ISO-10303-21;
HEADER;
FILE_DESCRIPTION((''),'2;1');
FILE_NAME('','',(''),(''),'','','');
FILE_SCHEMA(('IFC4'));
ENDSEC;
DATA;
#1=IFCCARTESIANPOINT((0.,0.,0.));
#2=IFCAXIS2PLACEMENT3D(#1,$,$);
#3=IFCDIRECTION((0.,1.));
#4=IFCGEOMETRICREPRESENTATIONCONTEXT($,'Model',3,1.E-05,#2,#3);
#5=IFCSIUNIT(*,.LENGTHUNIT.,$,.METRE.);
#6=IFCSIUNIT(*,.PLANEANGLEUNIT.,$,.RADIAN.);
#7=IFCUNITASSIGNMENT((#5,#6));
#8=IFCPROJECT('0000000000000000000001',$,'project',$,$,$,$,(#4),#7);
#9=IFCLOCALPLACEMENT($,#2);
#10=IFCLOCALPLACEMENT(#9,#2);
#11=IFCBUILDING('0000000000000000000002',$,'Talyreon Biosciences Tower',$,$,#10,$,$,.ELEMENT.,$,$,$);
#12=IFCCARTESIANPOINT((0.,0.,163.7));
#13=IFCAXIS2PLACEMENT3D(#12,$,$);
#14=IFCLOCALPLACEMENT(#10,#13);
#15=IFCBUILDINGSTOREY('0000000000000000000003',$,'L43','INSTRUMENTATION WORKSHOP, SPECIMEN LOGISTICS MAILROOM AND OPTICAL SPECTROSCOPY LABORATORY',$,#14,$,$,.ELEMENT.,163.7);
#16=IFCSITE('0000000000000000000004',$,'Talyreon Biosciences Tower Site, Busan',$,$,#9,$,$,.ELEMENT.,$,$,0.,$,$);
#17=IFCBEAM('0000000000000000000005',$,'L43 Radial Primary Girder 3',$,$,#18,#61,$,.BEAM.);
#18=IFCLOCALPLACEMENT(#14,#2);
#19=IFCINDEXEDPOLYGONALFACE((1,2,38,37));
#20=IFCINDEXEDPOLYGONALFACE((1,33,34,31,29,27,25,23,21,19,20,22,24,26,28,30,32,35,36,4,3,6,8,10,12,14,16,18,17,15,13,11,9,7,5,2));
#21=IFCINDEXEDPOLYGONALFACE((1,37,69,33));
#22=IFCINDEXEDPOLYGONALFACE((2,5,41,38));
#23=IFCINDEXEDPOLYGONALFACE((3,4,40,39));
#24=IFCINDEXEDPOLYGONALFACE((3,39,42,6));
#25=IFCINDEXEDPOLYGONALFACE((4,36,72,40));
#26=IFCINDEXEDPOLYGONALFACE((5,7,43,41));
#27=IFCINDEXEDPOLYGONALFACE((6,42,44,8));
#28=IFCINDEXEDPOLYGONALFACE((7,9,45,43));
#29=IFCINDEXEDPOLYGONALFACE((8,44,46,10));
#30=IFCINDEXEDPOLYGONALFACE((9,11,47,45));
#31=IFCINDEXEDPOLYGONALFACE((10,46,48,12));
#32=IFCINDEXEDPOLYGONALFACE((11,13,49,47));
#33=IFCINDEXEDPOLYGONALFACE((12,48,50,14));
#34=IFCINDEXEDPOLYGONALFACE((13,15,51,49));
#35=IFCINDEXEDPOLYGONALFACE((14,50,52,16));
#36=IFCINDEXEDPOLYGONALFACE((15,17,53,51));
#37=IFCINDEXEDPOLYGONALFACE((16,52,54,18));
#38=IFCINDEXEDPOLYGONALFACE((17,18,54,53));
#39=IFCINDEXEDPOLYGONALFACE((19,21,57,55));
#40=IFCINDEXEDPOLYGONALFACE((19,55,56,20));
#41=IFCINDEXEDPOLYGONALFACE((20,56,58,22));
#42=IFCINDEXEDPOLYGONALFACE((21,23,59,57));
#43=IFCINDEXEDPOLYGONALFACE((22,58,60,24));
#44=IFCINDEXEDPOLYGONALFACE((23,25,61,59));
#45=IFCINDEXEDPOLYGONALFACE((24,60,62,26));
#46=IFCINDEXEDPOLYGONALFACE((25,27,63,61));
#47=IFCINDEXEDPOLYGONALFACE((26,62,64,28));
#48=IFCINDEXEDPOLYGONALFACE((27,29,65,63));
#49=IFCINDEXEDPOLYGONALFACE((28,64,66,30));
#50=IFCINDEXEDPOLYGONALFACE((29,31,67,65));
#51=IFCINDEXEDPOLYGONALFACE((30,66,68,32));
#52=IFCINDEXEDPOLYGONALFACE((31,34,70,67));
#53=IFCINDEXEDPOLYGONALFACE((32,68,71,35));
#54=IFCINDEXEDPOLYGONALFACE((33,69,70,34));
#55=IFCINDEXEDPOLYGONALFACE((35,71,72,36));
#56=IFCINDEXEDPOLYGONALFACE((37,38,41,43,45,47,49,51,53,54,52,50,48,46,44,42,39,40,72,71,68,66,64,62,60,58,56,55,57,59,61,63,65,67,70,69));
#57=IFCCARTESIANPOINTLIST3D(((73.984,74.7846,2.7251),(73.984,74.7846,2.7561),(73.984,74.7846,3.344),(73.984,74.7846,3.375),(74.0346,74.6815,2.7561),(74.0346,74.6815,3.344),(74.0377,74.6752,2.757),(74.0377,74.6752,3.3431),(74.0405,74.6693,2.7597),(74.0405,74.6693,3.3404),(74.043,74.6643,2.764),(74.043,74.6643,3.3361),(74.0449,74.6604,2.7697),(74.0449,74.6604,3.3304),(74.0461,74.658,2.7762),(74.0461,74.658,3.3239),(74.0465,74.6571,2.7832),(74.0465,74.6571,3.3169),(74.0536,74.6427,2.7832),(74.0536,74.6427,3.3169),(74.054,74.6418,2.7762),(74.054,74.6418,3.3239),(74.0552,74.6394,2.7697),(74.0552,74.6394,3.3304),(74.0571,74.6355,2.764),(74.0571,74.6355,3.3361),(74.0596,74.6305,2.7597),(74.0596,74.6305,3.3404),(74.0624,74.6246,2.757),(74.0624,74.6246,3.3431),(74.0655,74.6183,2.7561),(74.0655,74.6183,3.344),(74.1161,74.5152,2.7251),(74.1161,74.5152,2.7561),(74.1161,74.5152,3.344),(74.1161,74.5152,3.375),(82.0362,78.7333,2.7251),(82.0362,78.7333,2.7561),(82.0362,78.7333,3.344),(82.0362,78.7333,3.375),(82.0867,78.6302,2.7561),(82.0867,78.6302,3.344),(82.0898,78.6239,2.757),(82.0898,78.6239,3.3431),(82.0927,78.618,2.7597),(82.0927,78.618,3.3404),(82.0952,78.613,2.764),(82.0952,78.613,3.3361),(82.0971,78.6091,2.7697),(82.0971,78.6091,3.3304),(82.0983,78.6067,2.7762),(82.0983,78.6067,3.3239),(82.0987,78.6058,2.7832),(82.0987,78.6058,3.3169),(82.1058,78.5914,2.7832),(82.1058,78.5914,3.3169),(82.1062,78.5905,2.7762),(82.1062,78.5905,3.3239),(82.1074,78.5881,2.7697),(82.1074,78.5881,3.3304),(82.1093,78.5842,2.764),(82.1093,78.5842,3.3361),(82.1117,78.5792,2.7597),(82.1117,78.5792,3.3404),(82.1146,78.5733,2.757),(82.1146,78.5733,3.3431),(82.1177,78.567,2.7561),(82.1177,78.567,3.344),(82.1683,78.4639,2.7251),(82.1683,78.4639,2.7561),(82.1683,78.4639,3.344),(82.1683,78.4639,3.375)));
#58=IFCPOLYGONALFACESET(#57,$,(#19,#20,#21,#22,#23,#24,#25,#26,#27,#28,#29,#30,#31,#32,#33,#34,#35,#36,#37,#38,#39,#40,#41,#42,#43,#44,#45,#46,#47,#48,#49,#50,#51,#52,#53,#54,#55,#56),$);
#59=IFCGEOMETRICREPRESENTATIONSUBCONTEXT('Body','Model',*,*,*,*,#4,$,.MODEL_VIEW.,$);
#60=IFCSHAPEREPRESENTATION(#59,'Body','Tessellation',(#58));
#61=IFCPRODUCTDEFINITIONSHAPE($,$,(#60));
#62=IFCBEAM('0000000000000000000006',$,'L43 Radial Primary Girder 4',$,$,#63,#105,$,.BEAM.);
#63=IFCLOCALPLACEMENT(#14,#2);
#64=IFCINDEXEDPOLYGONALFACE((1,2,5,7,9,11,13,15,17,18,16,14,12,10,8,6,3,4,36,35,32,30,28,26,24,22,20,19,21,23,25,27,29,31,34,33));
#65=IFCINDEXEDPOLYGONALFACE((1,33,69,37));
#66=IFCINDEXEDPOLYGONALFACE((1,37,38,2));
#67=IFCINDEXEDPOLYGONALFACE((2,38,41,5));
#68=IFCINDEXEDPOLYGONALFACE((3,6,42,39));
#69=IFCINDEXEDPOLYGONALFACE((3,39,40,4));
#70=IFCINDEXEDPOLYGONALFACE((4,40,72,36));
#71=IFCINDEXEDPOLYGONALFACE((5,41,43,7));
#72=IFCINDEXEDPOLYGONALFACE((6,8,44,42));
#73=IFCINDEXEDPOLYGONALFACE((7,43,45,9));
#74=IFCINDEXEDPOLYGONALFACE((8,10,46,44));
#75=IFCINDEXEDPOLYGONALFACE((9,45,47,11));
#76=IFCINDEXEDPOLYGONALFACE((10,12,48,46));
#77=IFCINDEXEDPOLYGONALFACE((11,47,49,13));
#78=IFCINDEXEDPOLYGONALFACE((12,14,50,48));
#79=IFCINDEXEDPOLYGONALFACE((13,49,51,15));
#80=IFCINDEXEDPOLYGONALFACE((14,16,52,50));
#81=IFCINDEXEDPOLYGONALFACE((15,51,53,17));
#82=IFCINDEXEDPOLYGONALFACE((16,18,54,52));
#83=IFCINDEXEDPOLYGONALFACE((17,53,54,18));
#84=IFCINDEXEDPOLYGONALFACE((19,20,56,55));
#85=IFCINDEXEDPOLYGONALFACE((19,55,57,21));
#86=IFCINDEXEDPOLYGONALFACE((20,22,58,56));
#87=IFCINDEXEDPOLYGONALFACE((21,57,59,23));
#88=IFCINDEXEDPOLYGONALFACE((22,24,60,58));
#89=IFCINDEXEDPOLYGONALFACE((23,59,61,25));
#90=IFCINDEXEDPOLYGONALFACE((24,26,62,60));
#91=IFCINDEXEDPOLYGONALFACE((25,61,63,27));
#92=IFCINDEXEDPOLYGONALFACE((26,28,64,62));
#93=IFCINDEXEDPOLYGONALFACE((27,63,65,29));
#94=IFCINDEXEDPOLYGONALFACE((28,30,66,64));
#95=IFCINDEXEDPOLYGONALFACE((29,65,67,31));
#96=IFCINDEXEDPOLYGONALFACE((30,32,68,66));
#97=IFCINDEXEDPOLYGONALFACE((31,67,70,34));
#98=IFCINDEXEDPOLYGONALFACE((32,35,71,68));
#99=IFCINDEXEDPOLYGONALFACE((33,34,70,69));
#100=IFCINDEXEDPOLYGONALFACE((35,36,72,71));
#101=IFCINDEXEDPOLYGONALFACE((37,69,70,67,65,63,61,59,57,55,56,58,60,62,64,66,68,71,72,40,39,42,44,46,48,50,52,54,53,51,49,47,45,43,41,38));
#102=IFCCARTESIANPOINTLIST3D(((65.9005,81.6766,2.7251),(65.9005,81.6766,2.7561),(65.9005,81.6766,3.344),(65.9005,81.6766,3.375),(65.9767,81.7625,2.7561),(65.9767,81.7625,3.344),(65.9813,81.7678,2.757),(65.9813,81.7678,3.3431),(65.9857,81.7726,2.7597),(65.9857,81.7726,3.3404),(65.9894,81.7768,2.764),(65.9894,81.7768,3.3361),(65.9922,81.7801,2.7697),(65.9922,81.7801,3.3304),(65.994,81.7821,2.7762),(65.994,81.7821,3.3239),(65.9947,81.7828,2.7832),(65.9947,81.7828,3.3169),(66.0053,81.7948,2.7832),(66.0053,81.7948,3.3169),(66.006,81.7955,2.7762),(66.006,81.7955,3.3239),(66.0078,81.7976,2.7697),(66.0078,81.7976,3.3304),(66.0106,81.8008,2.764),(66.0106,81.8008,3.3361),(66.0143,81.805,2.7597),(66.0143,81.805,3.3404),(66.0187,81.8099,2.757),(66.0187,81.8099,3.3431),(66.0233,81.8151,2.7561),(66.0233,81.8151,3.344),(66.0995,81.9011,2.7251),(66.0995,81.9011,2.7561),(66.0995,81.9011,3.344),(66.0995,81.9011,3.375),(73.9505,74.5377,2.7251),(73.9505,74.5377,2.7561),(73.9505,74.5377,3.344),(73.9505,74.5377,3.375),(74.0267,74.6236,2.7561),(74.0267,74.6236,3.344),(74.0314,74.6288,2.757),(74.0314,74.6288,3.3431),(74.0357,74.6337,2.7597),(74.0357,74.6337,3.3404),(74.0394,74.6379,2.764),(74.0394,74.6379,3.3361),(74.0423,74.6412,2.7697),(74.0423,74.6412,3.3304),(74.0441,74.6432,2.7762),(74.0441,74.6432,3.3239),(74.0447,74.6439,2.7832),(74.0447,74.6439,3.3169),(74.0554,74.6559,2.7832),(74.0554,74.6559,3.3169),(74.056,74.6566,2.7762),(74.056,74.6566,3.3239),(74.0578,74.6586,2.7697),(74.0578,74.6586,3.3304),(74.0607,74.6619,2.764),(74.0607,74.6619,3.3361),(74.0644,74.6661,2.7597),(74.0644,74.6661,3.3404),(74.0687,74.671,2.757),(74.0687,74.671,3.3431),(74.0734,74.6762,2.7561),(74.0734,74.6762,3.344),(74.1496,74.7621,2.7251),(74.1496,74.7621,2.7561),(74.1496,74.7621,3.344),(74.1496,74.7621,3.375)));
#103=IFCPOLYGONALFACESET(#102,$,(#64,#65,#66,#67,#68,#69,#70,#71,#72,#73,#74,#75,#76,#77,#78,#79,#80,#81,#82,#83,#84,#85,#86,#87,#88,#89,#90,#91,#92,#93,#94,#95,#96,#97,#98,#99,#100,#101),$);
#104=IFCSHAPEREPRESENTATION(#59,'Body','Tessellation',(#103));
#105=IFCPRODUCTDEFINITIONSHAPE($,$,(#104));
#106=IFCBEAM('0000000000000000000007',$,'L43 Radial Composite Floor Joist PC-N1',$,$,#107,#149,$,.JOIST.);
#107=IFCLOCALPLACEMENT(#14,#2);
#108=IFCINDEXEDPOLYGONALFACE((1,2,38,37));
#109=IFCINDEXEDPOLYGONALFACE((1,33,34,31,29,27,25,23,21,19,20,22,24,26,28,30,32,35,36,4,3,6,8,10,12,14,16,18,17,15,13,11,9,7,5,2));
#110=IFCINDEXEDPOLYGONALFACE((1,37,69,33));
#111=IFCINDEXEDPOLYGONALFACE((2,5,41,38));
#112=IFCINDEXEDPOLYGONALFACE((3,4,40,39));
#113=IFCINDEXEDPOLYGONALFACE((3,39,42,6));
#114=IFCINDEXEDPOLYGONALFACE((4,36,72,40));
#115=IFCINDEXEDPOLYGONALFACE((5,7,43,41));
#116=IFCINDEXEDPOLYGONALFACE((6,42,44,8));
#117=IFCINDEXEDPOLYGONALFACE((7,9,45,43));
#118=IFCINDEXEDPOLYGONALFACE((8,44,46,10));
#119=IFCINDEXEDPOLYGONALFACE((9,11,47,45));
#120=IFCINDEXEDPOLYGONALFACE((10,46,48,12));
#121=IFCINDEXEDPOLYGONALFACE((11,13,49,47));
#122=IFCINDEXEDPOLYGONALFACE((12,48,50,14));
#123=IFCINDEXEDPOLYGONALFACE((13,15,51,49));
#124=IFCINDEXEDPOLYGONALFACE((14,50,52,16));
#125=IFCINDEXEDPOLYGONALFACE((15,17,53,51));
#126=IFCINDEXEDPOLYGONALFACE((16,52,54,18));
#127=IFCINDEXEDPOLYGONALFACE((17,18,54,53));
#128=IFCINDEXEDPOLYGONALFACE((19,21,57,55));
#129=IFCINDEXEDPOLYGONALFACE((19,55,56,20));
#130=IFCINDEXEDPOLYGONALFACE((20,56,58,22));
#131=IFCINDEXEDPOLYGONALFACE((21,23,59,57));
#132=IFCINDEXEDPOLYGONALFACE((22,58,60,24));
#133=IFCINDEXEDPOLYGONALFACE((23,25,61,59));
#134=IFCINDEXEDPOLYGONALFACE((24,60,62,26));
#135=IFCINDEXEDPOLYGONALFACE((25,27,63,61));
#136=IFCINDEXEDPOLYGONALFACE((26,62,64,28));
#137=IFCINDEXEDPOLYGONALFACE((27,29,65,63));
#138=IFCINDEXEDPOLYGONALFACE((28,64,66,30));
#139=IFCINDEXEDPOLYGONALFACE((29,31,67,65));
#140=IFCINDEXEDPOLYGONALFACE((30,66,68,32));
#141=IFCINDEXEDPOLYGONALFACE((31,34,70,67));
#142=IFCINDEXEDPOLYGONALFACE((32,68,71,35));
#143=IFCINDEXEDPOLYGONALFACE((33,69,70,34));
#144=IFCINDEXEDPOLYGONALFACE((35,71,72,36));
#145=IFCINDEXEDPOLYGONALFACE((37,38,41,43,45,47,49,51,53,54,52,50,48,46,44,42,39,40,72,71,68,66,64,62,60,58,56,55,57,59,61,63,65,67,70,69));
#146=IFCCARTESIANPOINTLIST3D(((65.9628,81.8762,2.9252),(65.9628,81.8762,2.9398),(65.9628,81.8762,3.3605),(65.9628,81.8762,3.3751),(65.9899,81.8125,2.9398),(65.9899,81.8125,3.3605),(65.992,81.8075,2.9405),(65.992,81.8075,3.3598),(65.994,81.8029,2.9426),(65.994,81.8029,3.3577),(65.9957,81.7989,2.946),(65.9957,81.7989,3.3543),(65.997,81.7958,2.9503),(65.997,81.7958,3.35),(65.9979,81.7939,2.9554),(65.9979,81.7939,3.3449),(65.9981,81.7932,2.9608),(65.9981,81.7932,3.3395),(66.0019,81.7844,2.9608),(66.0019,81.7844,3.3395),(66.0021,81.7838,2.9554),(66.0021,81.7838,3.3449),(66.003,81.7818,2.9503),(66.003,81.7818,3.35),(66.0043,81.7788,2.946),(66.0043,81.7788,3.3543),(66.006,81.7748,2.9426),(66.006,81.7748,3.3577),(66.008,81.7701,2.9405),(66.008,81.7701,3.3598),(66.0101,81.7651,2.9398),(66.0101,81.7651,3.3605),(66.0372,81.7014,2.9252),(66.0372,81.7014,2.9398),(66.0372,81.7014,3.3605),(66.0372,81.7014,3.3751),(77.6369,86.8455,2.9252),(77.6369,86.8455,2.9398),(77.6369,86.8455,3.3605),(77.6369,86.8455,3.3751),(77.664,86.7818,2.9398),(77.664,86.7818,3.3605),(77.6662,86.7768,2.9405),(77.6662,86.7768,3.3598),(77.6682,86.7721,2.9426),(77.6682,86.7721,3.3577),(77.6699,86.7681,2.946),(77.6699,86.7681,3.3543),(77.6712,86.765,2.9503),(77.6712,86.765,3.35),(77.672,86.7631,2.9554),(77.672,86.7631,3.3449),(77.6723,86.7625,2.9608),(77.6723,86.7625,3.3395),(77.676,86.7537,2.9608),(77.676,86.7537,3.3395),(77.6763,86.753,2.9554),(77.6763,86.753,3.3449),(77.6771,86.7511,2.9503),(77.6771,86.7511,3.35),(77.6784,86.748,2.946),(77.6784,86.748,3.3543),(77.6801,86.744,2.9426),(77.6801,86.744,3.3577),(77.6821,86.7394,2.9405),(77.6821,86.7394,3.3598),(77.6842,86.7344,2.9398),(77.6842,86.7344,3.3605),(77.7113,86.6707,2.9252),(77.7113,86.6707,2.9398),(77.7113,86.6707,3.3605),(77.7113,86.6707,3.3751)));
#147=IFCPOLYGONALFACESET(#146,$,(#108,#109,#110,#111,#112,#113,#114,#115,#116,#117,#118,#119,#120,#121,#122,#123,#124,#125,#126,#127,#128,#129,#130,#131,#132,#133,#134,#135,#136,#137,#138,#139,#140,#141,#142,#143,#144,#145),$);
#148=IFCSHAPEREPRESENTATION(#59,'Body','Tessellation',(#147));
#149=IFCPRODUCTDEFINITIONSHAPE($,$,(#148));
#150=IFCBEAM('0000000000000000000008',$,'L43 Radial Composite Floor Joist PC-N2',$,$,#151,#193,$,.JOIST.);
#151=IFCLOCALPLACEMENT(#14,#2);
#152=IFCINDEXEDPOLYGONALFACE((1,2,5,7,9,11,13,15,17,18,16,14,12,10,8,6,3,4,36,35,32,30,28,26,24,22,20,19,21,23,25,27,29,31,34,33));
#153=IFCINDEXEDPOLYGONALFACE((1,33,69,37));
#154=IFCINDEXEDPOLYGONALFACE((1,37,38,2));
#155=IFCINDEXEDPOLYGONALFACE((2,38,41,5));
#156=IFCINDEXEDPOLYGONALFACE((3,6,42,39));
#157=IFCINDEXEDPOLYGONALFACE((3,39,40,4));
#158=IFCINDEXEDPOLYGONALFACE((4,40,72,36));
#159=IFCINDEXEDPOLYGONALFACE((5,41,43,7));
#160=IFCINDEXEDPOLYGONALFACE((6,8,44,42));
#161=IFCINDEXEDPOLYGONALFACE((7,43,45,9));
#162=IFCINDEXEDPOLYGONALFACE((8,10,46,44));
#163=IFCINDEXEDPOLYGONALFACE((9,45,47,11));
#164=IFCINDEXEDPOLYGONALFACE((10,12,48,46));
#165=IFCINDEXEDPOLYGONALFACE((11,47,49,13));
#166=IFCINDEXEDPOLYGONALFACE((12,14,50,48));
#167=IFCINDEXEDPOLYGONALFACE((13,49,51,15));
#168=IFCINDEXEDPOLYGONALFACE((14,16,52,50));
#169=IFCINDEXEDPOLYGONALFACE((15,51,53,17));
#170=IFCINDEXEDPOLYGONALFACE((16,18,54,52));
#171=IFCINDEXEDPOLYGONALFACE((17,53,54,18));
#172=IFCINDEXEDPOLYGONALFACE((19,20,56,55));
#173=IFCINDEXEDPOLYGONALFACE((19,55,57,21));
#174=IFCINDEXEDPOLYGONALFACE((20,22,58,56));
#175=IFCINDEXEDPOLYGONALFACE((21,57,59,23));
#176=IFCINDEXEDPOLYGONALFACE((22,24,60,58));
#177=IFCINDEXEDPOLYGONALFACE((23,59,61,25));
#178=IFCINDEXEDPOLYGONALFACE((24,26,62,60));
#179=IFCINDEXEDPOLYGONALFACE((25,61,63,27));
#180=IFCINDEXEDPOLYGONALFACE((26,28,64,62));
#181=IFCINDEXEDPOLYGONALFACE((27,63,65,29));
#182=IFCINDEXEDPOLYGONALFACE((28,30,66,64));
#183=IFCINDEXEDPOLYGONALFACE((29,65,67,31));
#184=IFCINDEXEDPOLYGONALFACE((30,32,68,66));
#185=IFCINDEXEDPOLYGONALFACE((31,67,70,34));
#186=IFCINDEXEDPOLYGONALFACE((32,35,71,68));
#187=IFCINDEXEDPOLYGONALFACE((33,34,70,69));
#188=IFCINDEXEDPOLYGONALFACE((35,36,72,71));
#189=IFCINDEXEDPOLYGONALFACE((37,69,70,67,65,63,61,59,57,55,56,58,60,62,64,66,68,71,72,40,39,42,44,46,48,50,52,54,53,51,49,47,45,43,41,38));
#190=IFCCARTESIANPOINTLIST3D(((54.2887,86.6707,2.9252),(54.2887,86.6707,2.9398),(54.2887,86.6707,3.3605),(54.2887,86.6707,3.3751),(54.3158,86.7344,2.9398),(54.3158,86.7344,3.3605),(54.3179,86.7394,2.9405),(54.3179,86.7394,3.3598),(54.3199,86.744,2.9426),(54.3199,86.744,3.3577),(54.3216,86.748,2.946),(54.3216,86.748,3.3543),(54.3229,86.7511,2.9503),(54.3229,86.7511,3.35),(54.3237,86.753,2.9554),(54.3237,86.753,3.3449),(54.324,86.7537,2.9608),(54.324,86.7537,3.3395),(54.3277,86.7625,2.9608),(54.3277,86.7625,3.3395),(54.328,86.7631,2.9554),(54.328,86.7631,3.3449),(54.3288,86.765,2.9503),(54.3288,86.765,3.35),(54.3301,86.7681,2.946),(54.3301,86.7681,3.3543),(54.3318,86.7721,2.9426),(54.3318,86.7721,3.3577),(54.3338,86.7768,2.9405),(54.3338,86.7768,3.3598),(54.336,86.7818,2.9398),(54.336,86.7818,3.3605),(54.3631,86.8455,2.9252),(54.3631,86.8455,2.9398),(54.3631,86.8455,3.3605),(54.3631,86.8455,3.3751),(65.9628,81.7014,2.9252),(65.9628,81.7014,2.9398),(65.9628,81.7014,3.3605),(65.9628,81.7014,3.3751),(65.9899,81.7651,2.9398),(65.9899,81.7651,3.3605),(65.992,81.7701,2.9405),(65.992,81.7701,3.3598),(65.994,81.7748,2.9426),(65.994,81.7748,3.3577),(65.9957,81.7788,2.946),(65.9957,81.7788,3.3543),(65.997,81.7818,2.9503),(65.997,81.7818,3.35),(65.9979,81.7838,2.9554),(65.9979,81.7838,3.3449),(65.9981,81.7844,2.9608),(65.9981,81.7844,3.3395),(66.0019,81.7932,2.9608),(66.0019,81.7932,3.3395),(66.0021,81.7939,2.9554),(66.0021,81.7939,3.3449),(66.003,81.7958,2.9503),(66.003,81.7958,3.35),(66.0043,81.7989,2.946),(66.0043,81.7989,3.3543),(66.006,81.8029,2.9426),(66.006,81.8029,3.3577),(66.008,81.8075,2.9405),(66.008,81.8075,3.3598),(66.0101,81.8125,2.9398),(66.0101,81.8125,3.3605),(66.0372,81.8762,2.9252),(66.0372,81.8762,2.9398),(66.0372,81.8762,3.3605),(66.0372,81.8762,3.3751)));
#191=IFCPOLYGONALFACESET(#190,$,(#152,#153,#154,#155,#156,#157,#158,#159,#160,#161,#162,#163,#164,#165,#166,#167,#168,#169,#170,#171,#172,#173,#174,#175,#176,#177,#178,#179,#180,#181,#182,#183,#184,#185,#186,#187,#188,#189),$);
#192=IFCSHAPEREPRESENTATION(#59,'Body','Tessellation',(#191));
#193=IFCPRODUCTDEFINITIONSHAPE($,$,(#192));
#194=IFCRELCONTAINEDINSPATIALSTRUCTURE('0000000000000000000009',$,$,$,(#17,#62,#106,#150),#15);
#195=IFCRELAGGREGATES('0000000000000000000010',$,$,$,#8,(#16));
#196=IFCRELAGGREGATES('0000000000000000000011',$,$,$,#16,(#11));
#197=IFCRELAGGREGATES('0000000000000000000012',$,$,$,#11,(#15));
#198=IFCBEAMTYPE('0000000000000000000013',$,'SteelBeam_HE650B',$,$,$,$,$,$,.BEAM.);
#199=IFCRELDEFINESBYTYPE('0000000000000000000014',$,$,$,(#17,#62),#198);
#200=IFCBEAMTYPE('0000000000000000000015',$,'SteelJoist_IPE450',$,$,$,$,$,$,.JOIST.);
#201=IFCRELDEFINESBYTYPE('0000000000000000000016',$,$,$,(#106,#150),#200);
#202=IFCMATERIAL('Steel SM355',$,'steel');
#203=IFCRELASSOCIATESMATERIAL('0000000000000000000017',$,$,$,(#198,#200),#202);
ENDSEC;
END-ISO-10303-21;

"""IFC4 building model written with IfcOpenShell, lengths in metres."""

from ifc_helpers import new_model, si_unit, direction, frame, origin, origin_2d, place, context, subcontext, project, spatial, i_section, extrude, material, material_profile, profile_set, type_object, element, save


model = new_model("IFC4")

# Units and contexts
model_context = context("Model", 3, precision=1e-05, world=origin(), true_north=direction((0.0, 1.0)))
body_context = subcontext(model_context, "Body", "Model", "MODEL_VIEW")
ifc_project = project(units=[si_unit("LENGTHUNIT", "METRE"), si_unit("PLANEANGLEUNIT", "RADIAN")], contexts=[model_context])

# Site, building, storey
site_placement = place(None, origin())
site = spatial("IfcSite", under=ifc_project, at=site_placement, Name="Talyreon Biosciences Tower Site, Busan", CompositionType="ELEMENT", RefElevation=0.0)
building_placement = place(site_placement, origin())
building = spatial("IfcBuilding", under=site, at=building_placement, Name="Talyreon Biosciences Tower", CompositionType="ELEMENT")
storey_placement = place(building_placement, frame((0.0, 0.0, 163.7)))
storey = spatial("IfcBuildingStorey", under=building, at=storey_placement, Name="L43", Description="INSTRUMENTATION WORKSHOP, SPECIMEN LOGISTICS MAILROOM AND OPTICAL SPECTROSCOPY LABORATORY", CompositionType="ELEMENT", Elevation=163.7)

# Beams
ifc_material_1 = material(Name="Steel SM355", Category="steel")
ifc_material_profile_1 = material_profile(ifc_material_1, i_section(OverallWidth=0.3, OverallDepth=0.6499, WebThickness=0.0161, FlangeThickness=0.031, FilletRadius=0.0271, at=origin_2d()), Name="HE650B")
ifc_profile_set_1 = profile_set([ifc_material_profile_1], Name="Steel SM355")
beam_type_1 = type_object("IfcBeamType", Name="SteelBeam_HE650B", PredefinedType="BEAM", material=ifc_profile_set_1)
beam_1_placement = place(storey_placement, frame((74.05, 74.6499, 3.05), z_axis=(0.897852, 0.440297, 0.0), x_axis=(-0.440297, 0.897852, 0.0)))
element("IfcBeam", 1, at=beam_1_placement, inside=storey, type_object=beam_type_1, Name="L43 Radial Primary Girder 3", PredefinedType="BEAM", context=body_context, shape_type="SweptSolid", body=[
    extrude(i_section(OverallWidth=0.3, OverallDepth=0.6499, WebThickness=0.0161, FlangeThickness=0.031, FilletRadius=0.0271, at=origin_2d()), origin(), (0.0, 0.0, 1.0), 8.9683),
])
beam_2_placement = place(storey_placement, frame((74.05, 74.6499, 3.05), z_axis=(-0.748179, 0.663497, 0.0), x_axis=(-0.663497, -0.748179, 0.0)))
element("IfcBeam", 2, at=beam_2_placement, inside=storey, type_object=beam_type_1, Name="L43 Radial Primary Girder 4", PredefinedType="BEAM", context=body_context, shape_type="SweptSolid", body=[
    extrude(i_section(OverallWidth=0.3, OverallDepth=0.6499, WebThickness=0.0161, FlangeThickness=0.031, FilletRadius=0.0271, at=origin_2d()), origin(), (0.0, 0.0, 1.0), 10.7595),
])
ifc_material_profile_2 = material_profile(ifc_material_1, i_section(OverallWidth=0.1899, OverallDepth=0.45, WebThickness=0.0095, FlangeThickness=0.0146, FilletRadius=0.021, at=origin_2d()), Name="IPE450")
ifc_profile_set_2 = profile_set([ifc_material_profile_2], Name="Steel SM355")
beam_type_2 = type_object("IfcBeamType", Name="SteelJoist_IPE450", PredefinedType="JOIST", material=ifc_profile_set_2)
for number, where, z_axis, x_axis, name in (
    (3, (66.0, 81.7888, 3.1501), (0.920111, 0.391658, 0.0), (-0.391658, 0.920111, 0.0), "L43 Radial Composite Floor Joist PC-N1"),
    (4, (66.0, 81.7888, 3.1501), (-0.920111, 0.391658, 0.0), (-0.391658, -0.920111, 0.0), "L43 Radial Composite Floor Joist PC-N2"),
):
    element("IfcBeam", number, at=place(storey_placement, frame(where, z_axis=z_axis, x_axis=x_axis)), inside=storey, type_object=beam_type_2, Name=name, PredefinedType="JOIST", context=body_context, shape_type="SweptSolid", body=[
        extrude(i_section(OverallWidth=0.1899, OverallDepth=0.45, WebThickness=0.0095, FlangeThickness=0.0146, FilletRadius=0.021, at=origin_2d()), origin(), (0.0, 0.0, 1.0), 12.6877),
    ])

save(model, "model.ifc")
